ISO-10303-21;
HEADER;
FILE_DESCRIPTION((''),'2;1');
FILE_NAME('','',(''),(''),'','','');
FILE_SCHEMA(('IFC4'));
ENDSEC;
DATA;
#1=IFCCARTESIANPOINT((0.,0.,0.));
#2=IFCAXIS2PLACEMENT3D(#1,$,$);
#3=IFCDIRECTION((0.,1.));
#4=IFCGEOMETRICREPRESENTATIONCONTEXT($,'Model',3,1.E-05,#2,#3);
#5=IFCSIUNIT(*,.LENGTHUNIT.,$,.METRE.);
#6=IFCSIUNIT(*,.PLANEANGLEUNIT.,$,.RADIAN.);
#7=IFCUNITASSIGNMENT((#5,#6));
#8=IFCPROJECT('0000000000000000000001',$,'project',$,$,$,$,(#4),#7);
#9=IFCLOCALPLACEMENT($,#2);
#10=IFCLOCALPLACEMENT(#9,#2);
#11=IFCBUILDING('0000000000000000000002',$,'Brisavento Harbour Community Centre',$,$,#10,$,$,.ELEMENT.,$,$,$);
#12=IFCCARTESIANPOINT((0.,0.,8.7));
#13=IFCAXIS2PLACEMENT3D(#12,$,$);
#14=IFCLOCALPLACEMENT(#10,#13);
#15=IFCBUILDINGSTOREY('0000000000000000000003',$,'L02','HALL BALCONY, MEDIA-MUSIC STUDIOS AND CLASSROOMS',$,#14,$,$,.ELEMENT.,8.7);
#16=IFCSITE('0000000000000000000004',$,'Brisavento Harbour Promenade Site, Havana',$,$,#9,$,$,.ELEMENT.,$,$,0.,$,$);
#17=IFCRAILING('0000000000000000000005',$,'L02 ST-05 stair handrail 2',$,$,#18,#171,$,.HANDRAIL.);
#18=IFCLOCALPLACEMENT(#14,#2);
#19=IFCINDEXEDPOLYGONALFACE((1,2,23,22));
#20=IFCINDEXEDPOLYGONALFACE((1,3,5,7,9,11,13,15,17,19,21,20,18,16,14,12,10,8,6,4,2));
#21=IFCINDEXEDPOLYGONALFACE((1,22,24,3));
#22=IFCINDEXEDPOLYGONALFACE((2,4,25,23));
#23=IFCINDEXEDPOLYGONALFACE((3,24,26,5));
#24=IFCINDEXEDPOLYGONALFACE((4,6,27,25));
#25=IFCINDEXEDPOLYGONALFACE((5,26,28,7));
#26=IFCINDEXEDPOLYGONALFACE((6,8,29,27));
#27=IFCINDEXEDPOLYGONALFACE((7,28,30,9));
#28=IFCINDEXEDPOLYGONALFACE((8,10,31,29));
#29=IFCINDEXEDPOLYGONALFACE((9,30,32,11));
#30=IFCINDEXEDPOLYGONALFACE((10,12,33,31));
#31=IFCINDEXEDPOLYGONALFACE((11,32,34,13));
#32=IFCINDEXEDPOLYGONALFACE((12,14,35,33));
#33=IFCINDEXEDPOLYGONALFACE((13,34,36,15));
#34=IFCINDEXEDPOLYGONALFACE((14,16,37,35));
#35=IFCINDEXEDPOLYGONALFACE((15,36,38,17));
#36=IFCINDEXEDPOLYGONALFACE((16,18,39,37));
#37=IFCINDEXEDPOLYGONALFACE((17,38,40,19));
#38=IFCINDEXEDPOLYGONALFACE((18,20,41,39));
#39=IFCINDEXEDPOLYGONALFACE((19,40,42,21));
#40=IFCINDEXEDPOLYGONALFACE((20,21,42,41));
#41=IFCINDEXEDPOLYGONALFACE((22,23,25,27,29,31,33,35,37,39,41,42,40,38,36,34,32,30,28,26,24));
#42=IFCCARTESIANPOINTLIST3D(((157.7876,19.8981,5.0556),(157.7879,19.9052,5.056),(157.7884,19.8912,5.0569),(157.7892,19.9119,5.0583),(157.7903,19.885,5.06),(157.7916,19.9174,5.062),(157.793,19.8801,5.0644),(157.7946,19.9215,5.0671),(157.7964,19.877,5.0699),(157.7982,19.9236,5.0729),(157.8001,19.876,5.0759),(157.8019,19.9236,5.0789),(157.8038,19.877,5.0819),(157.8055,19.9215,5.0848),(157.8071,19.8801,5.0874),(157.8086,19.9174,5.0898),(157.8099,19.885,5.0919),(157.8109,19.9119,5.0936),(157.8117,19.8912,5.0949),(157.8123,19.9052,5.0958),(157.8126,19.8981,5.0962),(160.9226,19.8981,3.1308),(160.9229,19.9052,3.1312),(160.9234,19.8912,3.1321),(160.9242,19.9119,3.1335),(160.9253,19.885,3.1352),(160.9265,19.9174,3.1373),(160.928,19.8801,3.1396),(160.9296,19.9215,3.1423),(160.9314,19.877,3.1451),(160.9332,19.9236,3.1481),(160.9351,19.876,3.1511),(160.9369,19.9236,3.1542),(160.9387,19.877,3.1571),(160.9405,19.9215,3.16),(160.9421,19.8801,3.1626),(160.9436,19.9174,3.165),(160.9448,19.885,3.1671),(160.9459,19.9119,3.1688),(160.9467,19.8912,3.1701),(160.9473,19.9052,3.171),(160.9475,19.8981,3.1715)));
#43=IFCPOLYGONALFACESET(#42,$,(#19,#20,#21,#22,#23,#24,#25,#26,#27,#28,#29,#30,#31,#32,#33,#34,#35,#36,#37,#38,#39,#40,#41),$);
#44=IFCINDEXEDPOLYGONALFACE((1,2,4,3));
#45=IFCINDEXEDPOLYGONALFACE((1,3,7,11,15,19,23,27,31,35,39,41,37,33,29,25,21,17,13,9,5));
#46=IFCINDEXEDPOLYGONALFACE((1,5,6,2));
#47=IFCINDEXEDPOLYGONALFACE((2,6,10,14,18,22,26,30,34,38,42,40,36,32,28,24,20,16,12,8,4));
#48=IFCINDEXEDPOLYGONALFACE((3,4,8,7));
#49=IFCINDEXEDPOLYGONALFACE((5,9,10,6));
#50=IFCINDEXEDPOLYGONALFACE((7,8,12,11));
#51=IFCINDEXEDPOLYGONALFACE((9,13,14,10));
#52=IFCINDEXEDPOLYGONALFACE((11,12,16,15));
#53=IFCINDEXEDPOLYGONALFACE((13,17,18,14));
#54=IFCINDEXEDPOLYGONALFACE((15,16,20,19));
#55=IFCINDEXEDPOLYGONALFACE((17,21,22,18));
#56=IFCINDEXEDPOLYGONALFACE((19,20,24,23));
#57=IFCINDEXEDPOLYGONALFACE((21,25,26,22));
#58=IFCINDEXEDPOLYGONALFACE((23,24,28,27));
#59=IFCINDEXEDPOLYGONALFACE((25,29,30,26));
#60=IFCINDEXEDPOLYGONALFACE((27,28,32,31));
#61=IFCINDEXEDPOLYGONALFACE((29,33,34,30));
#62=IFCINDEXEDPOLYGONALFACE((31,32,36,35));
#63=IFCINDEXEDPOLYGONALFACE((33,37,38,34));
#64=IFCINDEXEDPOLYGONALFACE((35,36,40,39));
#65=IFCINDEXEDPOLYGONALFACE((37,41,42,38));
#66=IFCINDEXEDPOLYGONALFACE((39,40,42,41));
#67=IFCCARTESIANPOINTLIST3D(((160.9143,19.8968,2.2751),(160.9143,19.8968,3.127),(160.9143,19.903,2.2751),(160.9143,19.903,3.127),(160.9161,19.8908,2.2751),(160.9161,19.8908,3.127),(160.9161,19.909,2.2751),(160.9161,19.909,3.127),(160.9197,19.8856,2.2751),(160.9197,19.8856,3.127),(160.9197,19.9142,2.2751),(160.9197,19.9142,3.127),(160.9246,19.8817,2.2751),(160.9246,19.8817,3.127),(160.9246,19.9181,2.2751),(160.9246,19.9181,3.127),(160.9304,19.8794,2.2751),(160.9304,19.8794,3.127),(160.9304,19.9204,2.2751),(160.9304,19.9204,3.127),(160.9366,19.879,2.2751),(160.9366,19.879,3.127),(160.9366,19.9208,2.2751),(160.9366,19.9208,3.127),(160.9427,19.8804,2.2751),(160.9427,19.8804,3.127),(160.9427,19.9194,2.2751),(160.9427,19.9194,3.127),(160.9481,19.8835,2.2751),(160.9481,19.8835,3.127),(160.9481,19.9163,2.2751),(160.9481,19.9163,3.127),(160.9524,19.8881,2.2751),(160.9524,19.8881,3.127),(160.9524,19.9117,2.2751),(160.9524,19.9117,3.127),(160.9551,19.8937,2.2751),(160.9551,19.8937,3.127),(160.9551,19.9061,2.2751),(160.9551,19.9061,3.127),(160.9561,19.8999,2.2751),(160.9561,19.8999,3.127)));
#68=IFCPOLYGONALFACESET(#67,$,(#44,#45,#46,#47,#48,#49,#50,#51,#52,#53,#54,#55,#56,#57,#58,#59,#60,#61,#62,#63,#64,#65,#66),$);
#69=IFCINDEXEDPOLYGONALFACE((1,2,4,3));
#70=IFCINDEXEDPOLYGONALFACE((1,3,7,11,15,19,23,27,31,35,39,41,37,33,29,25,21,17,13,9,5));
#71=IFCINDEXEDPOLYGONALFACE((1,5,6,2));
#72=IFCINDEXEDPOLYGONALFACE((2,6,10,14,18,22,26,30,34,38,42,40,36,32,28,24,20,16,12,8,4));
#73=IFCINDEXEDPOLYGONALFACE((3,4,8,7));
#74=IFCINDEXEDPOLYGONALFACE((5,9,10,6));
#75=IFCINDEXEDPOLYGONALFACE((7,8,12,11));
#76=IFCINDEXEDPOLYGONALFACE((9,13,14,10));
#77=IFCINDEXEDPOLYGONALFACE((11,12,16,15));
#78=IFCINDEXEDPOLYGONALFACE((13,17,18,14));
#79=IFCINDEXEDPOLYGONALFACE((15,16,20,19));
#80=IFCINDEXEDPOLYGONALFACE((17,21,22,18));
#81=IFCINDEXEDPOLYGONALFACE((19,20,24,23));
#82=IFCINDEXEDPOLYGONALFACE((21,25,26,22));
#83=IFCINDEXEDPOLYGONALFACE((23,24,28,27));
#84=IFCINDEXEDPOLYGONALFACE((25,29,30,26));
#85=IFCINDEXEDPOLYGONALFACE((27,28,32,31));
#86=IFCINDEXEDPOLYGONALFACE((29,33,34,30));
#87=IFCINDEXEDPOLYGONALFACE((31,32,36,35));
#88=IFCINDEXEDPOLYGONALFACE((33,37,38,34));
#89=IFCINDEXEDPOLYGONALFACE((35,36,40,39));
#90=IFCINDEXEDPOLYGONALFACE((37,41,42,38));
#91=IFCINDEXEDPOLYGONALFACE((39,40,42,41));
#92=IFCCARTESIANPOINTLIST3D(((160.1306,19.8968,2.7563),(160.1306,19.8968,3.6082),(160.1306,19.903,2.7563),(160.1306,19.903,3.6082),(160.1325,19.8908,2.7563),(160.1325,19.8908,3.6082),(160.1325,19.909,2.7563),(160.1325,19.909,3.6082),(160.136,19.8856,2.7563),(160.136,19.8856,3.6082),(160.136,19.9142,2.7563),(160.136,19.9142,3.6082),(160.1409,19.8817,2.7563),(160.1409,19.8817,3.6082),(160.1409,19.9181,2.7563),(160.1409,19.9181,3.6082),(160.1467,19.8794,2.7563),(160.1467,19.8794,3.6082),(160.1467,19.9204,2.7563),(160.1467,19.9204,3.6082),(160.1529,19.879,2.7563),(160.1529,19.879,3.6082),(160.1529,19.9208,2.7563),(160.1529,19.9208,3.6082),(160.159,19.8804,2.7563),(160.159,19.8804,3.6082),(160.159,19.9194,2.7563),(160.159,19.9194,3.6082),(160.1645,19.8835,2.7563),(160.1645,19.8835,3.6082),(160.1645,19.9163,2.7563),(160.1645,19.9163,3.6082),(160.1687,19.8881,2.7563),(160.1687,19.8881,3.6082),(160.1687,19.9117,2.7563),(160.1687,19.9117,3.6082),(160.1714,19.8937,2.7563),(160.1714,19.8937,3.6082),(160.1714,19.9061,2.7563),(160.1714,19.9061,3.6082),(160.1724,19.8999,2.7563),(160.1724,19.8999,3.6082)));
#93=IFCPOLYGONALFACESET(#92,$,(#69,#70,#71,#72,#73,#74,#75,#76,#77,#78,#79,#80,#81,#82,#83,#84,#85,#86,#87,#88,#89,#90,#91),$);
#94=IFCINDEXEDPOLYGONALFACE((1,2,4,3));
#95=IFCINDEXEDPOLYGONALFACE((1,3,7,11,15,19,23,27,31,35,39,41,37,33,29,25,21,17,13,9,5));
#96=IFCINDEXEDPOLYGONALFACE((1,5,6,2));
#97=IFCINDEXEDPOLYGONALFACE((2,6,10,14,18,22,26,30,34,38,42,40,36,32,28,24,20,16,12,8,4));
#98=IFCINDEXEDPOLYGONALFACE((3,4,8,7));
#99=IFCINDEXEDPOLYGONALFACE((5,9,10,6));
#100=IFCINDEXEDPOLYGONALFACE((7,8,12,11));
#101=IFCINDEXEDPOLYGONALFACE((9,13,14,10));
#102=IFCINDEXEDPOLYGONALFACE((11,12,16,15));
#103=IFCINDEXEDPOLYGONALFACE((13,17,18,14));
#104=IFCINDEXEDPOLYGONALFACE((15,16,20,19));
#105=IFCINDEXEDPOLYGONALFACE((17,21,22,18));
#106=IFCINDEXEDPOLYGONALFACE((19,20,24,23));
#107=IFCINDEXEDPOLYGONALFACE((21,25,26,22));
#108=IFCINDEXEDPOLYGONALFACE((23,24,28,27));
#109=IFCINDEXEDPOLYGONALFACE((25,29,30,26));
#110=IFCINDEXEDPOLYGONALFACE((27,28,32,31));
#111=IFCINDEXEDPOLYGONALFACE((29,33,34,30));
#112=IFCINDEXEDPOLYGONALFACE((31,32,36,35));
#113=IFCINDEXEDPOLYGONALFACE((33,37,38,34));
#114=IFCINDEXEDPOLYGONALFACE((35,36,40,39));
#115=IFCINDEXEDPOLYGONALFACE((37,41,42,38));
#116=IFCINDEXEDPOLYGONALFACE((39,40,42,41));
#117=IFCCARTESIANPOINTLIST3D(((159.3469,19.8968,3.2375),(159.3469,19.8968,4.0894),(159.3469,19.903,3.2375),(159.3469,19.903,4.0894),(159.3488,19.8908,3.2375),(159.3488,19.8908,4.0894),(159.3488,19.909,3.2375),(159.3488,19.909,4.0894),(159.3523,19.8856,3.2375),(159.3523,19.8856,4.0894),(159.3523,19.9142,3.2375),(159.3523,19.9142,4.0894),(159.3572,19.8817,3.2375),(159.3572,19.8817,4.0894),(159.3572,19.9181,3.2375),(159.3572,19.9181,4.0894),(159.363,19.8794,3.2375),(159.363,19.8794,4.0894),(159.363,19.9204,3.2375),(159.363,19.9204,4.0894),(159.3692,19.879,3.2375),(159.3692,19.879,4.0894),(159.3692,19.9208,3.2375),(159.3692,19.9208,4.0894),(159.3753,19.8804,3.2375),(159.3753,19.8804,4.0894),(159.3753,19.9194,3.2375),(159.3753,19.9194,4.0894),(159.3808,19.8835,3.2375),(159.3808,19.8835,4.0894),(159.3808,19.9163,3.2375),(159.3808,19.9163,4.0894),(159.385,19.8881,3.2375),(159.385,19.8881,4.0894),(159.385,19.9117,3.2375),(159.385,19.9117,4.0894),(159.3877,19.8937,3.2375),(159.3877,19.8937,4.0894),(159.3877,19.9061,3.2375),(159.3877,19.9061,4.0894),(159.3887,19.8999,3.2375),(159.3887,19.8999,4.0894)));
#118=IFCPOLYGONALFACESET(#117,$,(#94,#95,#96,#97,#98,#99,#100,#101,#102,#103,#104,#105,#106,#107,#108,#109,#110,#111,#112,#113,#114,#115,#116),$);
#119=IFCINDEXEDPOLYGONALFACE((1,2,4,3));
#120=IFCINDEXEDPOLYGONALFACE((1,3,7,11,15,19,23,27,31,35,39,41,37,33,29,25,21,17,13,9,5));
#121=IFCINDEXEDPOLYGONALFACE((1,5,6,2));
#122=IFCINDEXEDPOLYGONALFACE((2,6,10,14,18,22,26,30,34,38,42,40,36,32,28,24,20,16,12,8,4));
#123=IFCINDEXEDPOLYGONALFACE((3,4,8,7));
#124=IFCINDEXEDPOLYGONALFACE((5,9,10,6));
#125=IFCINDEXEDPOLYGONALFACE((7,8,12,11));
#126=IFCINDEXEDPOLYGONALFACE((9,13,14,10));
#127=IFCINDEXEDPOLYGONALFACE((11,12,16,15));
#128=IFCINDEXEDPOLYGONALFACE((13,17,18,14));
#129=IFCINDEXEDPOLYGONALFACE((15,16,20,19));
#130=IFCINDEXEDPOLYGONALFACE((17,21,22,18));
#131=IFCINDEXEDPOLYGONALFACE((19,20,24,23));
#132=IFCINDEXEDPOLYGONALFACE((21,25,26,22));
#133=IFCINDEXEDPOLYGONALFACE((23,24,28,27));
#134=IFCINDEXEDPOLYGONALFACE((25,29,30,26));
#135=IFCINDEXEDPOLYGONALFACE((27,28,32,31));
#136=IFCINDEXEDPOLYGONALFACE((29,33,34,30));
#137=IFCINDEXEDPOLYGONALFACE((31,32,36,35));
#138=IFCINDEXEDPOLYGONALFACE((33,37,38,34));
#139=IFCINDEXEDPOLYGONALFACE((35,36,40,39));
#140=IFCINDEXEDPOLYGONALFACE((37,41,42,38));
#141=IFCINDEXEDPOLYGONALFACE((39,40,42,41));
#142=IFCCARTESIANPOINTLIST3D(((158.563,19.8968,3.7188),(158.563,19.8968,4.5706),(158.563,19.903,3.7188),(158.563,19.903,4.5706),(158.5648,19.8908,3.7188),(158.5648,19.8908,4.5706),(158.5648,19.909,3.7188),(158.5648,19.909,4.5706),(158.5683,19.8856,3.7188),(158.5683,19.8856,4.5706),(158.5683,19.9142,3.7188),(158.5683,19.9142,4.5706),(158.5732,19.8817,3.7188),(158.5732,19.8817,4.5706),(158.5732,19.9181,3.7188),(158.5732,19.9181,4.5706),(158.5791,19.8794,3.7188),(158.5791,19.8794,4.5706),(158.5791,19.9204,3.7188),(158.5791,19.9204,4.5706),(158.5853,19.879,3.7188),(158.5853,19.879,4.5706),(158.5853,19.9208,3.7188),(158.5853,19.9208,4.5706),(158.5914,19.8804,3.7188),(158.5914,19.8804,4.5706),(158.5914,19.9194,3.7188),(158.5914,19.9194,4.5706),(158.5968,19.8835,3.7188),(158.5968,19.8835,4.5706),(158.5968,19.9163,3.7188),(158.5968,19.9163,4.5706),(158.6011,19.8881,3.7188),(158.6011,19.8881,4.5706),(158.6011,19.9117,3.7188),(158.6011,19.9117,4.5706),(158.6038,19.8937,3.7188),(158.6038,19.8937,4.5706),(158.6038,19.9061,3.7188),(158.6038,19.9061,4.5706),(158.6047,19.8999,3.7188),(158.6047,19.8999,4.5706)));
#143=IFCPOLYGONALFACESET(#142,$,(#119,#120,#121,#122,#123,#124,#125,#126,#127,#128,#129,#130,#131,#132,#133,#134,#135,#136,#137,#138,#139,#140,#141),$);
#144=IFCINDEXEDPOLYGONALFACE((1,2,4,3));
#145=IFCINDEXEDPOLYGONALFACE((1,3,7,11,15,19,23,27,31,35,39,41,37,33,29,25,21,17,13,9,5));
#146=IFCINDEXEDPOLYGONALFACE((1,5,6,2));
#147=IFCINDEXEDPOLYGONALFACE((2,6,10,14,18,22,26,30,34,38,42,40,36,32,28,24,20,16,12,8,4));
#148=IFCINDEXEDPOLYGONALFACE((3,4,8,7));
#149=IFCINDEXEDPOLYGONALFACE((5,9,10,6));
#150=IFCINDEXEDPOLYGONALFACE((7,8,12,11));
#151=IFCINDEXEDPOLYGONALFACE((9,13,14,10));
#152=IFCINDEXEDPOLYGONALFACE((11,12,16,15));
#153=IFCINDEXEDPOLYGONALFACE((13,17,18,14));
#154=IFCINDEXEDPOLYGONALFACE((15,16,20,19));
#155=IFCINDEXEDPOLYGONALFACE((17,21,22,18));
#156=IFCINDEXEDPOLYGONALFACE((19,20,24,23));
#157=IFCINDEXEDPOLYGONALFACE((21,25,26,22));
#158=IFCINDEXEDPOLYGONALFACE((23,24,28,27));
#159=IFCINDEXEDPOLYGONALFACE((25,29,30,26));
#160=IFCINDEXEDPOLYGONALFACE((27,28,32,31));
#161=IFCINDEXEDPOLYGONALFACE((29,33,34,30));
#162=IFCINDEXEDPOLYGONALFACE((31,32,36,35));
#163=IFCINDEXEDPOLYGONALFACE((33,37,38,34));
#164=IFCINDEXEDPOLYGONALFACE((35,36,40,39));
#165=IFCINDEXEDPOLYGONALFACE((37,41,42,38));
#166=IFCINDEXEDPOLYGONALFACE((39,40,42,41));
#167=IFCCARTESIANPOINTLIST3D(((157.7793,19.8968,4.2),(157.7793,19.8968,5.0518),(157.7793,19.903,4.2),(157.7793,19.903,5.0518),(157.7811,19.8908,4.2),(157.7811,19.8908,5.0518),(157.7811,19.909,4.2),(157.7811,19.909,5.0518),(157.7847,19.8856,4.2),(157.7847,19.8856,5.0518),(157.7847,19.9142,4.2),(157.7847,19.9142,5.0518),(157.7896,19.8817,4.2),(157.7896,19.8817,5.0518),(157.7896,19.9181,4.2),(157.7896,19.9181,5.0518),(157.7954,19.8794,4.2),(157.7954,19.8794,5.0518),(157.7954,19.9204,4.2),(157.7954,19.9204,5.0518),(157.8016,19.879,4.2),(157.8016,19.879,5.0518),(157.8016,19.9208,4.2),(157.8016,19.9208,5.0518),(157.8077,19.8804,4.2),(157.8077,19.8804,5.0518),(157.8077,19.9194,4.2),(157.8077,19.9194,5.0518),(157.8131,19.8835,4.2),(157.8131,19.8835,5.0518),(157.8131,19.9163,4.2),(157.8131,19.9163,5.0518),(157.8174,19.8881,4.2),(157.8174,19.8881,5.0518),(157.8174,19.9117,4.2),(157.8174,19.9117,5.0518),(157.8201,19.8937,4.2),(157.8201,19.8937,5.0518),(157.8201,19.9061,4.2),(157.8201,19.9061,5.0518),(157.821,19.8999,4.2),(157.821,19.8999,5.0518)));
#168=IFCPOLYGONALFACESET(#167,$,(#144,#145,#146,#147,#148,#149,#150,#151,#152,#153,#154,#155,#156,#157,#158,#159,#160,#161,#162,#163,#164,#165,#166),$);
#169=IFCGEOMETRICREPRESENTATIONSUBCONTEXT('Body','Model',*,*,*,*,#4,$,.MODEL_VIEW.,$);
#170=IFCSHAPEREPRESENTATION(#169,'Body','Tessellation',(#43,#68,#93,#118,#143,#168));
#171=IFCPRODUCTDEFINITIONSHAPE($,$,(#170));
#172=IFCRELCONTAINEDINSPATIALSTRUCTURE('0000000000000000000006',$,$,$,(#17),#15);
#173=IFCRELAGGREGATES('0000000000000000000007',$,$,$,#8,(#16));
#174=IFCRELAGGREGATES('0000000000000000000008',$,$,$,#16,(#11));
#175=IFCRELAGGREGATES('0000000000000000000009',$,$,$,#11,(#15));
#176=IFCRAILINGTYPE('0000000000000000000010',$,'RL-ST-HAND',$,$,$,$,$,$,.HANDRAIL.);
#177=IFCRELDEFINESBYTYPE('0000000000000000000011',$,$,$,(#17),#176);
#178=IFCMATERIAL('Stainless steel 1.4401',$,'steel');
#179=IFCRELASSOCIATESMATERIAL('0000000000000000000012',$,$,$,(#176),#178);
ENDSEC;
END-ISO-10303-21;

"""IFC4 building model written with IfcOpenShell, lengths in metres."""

from ifc_helpers import new_model, si_unit, direction, frame, origin, origin_2d, place, context, subcontext, project, spatial, circle, extrude, material, type_object, element, save


model = new_model("IFC4")

# Units and contexts
model_context = context("Model", 3, precision=1e-05, world=origin(), true_north=direction((0.0, 1.0)))
body_context = subcontext(model_context, "Body", "Model", "MODEL_VIEW")
ifc_project = project(units=[si_unit("LENGTHUNIT", "METRE"), si_unit("PLANEANGLEUNIT", "RADIAN")], contexts=[model_context])

# Site, building, storey
site_placement = place(None, origin())
site = spatial("IfcSite", under=ifc_project, at=site_placement, Name="Brisavento Harbour Promenade Site, Havana", CompositionType="ELEMENT", RefElevation=0.0)
building_placement = place(site_placement, origin())
building = spatial("IfcBuilding", under=site, at=building_placement, Name="Brisavento Harbour Community Centre", CompositionType="ELEMENT")
storey_placement = place(building_placement, frame((0.0, 0.0, 8.7)))
storey = spatial("IfcBuildingStorey", under=building, at=storey_placement, Name="L02", Description="HALL BALCONY, MEDIA-MUSIC STUDIOS AND CLASSROOMS", CompositionType="ELEMENT", Elevation=8.7)

# Railing
ifc_material_1 = material(Name="Stainless steel 1.4401", Category="steel")
railing_type_1 = type_object("IfcRailingType", Name="RL-ST-HAND", PredefinedType="HANDRAIL", material=ifc_material_1)
railing_1_placement = place(storey_placement, frame((160.9351, 19.8999, 2.2751)))
element("IfcRailing", 1, at=railing_1_placement, inside=storey, type_object=railing_type_1, Name="L02 ST-05 stair handrail 2", PredefinedType="HANDRAIL", context=body_context, shape_type="SweptSolid", body=[
    extrude(circle(Radius=0.0239, at=origin_2d()), frame((0.0, 0.0, 0.876), z_axis=(-0.852196, 0.0, 0.523223), x_axis=(0.0, -1.0, 0.0)), (0.0, 0.0, 1.0), 3.6787),
    extrude(circle(Radius=0.021, at=origin_2d()), origin(), (0.0, 0.0, 1.0), 0.8518),
    extrude(circle(Radius=0.021, at=origin_2d()), frame((-0.7837, 0.0, 0.4812)), (0.0, 0.0, 1.0), 0.8518),
    extrude(circle(Radius=0.021, at=origin_2d()), frame((-1.5674, 0.0, 0.9624)), (0.0, 0.0, 1.0), 0.8518),
    extrude(circle(Radius=0.021, at=origin_2d()), frame((-2.3513, 0.0, 1.4436)), (0.0, 0.0, 1.0), 0.8518),
    extrude(circle(Radius=0.021, at=origin_2d()), frame((-3.135, 0.0, 1.9248)), (0.0, 0.0, 1.0), 0.8518),
])

save(model, "model.ifc")
